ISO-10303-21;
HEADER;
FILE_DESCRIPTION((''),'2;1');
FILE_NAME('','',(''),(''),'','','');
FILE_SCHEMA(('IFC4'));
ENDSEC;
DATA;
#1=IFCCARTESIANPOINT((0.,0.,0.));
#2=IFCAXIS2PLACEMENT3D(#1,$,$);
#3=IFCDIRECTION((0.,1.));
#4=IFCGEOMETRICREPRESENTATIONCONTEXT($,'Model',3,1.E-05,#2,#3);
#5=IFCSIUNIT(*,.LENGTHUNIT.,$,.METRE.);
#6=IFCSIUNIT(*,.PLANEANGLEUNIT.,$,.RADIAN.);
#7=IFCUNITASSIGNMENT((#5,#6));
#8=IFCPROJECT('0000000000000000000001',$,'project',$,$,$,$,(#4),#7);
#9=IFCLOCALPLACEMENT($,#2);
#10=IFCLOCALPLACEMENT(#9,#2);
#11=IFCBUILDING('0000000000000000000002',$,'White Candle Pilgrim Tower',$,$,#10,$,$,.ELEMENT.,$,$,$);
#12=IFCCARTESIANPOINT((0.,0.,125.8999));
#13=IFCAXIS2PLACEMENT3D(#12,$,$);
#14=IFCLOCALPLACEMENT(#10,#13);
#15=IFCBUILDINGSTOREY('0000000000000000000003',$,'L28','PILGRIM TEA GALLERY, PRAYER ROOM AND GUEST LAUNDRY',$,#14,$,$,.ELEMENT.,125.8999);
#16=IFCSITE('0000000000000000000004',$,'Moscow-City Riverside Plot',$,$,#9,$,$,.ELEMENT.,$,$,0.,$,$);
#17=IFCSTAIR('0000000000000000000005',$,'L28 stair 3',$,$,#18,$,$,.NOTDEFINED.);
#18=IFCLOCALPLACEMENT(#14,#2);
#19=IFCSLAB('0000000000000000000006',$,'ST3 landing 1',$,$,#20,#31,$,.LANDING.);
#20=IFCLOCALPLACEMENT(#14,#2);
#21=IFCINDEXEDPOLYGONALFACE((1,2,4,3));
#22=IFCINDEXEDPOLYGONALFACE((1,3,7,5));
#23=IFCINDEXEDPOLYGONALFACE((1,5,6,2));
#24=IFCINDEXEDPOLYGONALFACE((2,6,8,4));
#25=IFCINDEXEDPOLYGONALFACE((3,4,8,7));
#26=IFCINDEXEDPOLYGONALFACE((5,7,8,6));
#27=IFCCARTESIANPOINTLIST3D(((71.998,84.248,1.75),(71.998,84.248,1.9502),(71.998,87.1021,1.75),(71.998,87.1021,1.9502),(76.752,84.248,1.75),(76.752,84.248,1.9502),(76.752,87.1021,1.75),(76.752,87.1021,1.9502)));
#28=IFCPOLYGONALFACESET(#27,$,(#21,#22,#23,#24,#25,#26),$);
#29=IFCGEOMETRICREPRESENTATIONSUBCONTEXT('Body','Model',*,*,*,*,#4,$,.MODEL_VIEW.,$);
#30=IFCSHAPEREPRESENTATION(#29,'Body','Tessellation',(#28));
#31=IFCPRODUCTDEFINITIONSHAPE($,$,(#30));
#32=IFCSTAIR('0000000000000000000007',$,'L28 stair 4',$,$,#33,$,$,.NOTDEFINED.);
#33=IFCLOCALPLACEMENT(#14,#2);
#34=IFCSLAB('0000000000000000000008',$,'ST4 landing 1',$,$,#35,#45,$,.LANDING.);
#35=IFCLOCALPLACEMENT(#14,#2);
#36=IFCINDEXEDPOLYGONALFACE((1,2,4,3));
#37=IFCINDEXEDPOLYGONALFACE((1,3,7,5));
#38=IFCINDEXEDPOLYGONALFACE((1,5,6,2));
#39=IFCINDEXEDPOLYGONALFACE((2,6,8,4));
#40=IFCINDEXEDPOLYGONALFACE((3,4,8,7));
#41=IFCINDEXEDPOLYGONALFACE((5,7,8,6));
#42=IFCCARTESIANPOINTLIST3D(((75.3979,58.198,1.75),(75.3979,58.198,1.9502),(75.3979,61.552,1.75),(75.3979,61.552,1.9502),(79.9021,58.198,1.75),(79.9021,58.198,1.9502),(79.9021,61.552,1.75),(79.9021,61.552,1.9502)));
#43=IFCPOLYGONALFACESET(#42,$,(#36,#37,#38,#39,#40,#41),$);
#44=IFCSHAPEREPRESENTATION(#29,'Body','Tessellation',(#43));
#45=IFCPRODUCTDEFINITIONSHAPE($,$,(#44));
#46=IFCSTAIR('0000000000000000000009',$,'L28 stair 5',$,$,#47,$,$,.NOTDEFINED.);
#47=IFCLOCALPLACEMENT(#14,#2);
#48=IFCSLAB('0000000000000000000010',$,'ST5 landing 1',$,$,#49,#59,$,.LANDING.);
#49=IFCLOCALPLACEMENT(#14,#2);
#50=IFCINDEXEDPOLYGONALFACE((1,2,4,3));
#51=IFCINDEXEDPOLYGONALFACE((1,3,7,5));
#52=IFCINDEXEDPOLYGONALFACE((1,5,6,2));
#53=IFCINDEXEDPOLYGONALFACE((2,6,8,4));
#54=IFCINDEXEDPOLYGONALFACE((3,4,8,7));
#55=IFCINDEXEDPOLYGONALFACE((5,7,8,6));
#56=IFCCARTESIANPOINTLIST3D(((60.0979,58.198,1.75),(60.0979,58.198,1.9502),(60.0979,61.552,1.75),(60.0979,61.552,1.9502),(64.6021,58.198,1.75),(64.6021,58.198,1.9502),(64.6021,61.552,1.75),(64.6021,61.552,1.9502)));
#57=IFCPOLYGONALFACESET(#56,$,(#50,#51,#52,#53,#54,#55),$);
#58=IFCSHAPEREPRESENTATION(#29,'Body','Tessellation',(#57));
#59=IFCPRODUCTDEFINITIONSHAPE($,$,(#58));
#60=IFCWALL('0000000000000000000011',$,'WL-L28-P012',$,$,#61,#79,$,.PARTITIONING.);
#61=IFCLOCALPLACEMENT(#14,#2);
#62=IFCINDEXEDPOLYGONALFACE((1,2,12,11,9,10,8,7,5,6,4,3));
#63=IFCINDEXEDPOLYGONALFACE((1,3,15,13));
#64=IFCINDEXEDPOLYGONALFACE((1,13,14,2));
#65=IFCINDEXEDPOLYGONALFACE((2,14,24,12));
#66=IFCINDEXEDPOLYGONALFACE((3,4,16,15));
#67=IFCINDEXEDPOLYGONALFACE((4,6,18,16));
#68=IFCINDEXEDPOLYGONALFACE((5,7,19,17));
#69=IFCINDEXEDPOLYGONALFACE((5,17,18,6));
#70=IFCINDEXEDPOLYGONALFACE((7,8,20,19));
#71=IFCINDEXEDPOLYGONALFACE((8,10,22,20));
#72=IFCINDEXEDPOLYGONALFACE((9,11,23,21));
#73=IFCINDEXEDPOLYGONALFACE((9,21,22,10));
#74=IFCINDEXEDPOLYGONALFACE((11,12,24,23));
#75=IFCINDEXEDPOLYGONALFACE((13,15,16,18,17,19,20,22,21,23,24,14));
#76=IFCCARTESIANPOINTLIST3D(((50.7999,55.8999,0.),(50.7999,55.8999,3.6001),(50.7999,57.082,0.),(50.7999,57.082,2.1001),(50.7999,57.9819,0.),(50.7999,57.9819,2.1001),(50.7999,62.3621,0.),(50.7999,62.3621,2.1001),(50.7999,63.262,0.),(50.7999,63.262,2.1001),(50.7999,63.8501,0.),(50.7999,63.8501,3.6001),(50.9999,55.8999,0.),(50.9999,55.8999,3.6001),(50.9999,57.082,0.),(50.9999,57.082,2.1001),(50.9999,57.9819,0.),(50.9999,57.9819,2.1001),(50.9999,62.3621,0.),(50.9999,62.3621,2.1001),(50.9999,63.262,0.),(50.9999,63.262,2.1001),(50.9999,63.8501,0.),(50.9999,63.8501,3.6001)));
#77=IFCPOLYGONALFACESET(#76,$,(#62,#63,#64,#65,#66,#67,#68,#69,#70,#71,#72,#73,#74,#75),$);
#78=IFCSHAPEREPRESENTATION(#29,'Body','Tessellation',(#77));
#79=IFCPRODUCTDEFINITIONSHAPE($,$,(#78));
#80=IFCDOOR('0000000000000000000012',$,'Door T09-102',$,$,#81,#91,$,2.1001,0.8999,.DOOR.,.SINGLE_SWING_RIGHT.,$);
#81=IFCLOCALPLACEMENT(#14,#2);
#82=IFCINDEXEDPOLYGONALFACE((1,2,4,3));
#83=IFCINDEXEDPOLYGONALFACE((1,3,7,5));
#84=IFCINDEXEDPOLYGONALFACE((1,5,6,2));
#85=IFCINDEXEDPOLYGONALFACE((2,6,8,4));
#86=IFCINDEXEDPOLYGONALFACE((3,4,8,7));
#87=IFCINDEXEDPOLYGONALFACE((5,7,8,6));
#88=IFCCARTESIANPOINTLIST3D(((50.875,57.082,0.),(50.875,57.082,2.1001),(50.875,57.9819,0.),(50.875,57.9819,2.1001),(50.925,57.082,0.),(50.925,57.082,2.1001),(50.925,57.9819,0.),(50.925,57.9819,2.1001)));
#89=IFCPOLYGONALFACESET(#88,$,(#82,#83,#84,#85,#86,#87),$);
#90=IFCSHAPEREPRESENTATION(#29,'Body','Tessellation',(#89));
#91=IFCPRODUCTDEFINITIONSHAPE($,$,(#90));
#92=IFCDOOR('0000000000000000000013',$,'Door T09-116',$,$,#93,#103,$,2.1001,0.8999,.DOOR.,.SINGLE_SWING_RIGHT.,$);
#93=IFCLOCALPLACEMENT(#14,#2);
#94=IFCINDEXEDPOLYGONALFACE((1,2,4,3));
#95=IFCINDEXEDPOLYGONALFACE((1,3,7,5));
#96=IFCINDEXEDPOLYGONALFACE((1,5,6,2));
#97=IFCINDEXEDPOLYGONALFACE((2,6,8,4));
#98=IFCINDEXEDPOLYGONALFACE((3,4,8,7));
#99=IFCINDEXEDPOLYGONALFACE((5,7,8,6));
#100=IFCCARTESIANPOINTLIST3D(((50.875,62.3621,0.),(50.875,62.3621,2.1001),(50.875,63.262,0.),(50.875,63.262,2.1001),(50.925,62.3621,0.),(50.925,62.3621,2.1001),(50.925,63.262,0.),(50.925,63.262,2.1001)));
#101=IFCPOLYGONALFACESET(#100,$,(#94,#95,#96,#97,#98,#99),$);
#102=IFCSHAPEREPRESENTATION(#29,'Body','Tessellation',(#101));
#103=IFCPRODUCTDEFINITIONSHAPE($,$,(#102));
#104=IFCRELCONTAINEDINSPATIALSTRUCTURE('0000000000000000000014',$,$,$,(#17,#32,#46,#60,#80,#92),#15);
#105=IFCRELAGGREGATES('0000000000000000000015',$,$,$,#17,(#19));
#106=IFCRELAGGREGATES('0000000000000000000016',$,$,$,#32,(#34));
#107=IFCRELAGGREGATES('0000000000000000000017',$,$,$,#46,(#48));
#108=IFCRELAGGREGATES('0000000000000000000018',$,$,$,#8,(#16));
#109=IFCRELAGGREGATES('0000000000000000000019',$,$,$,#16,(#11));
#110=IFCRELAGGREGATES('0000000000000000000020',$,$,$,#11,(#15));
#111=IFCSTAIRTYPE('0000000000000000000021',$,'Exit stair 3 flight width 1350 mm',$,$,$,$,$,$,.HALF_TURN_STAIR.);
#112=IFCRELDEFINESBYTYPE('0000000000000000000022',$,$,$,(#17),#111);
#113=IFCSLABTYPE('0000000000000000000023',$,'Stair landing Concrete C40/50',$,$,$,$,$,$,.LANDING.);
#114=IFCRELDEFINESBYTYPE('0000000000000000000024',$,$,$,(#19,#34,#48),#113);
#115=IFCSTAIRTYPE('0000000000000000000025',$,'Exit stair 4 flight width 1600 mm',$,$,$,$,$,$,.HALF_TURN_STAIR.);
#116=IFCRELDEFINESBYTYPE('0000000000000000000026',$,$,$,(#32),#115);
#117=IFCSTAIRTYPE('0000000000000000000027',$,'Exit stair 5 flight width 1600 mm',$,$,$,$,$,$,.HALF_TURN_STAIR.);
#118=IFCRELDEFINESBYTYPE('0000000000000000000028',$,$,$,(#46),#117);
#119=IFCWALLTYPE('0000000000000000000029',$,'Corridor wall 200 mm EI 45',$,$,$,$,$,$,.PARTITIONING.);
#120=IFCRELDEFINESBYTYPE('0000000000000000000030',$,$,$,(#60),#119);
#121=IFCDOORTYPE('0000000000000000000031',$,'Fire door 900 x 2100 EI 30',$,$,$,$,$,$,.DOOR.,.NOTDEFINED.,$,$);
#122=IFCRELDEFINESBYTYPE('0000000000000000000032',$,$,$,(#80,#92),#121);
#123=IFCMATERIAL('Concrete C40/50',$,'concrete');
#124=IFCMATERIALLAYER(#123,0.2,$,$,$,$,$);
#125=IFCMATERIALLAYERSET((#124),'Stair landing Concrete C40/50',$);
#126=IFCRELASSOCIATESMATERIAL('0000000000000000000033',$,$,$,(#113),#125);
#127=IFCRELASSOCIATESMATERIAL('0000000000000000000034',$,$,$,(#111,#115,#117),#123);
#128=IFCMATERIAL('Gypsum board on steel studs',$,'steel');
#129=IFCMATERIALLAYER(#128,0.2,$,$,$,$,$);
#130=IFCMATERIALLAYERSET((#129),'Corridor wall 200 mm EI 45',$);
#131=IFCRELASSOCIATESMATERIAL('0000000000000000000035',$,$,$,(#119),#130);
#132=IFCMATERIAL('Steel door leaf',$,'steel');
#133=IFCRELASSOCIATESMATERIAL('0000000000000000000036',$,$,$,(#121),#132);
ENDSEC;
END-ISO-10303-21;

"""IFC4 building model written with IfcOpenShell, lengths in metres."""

from ifc_helpers import new_model, si_unit, direction, frame, frame_2d, origin, place, context, subcontext, project, spatial, polyline, rectangle, outline, extrude, material, layer, layer_set, type_object, element, fill, aggregate, save


model = new_model("IFC4")

# Units and contexts
model_context = context("Model", 3, precision=1e-05, world=origin(), true_north=direction((0.0, 1.0)))
body_context = subcontext(model_context, "Body", "Model", "MODEL_VIEW")
ifc_project = project(units=[si_unit("LENGTHUNIT", "METRE"), si_unit("PLANEANGLEUNIT", "RADIAN")], contexts=[model_context])

# Site, building, storey
site_placement = place(None, origin())
site = spatial("IfcSite", under=ifc_project, at=site_placement, Name="Moscow-City Riverside Plot", CompositionType="ELEMENT", RefElevation=0.0)
building_placement = place(site_placement, origin())
building = spatial("IfcBuilding", under=site, at=building_placement, Name="White Candle Pilgrim Tower", CompositionType="ELEMENT")
storey_placement = place(building_placement, frame((0.0, 0.0, 125.8999)))
storey = spatial("IfcBuildingStorey", under=building, at=storey_placement, Name="L28", Description="PILGRIM TEA GALLERY, PRAYER ROOM AND GUEST LAUNDRY", CompositionType="ELEMENT", Elevation=125.8999)

# Shared definitions
ifc_material_1 = material(Name="Concrete C40/50", Category="concrete")

# Stairs, slabs
ifc_layer_1 = layer(ifc_material_1, 0.2)
ifc_layer_set_1 = layer_set([ifc_layer_1], Name="Stair landing Concrete C40/50")
slab_type_1 = type_object("IfcSlabType", Name="Stair landing Concrete C40/50", PredefinedType="LANDING", material=ifc_layer_set_1)
stair_type_1 = type_object("IfcStairType", Name="Exit stair 3 flight width 1350 mm", PredefinedType="HALF_TURN_STAIR", material=ifc_material_1)
stair_1_placement = place(storey_placement, origin())
stair_1 = element("IfcStair", 1, at=stair_1_placement, inside=storey, type_object=stair_type_1, Name="L28 stair 3", PredefinedType="NOTDEFINED")
slab_1_placement = place(storey_placement, frame((0.0, 0.0, 1.75)))
slab_1 = element("IfcSlab", 2, at=slab_1_placement, type_object=slab_type_1, Name="ST3 landing 1", PredefinedType="LANDING", context=body_context, shape_type="SweptSolid", body=[
    extrude(outline(polyline([(71.998, 84.248), (71.998, 87.1021), (76.752, 87.1021), (76.752, 84.248), (71.998, 84.248)])), origin(), (0.0, 0.0, 1.0), 0.2002),
])
aggregate(stair_1, [slab_1])
stair_type_2 = type_object("IfcStairType", Name="Exit stair 4 flight width 1600 mm", PredefinedType="HALF_TURN_STAIR", material=ifc_material_1)
stair_2_placement = place(storey_placement, origin())
stair_2 = element("IfcStair", 3, at=stair_2_placement, inside=storey, type_object=stair_type_2, Name="L28 stair 4", PredefinedType="NOTDEFINED")
slab_2_placement = place(storey_placement, frame((0.0, 0.0, 1.75)))
slab_2 = element("IfcSlab", 4, at=slab_2_placement, type_object=slab_type_1, Name="ST4 landing 1", PredefinedType="LANDING", context=body_context, shape_type="SweptSolid", body=[
    extrude(outline(polyline([(79.9021, 61.552), (79.9021, 58.198), (75.3979, 58.198), (75.3979, 61.552), (79.9021, 61.552)])), origin(), (0.0, 0.0, 1.0), 0.2002),
])
aggregate(stair_2, [slab_2])
stair_type_3 = type_object("IfcStairType", Name="Exit stair 5 flight width 1600 mm", PredefinedType="HALF_TURN_STAIR", material=ifc_material_1)
stair_3_placement = place(storey_placement, origin())
stair_3 = element("IfcStair", 5, at=stair_3_placement, inside=storey, type_object=stair_type_3, Name="L28 stair 5", PredefinedType="NOTDEFINED")
slab_3_placement = place(storey_placement, frame((0.0, 0.0, 1.75)))
slab_3 = element("IfcSlab", 6, at=slab_3_placement, type_object=slab_type_1, Name="ST5 landing 1", PredefinedType="LANDING", context=body_context, shape_type="SweptSolid", body=[
    extrude(outline(polyline([(60.0979, 58.198), (60.0979, 61.552), (64.6021, 61.552), (64.6021, 58.198), (60.0979, 58.198)])), origin(), (0.0, 0.0, 1.0), 0.2002),
])
aggregate(stair_3, [slab_3])

# Wall, openings, doors
ifc_material_2 = material(Name="Gypsum board on steel studs", Category="steel")
ifc_layer_2 = layer(ifc_material_2, 0.2)
ifc_layer_set_2 = layer_set([ifc_layer_2], Name="Corridor wall 200 mm EI 45")
wall_type_1 = type_object("IfcWallType", Name="Corridor wall 200 mm EI 45", PredefinedType="PARTITIONING", material=ifc_layer_set_2)
wall_1_placement = place(storey_placement, frame((50.8999, 55.8999, 0.0), z_axis=(0.0, 0.0, 1.0), x_axis=(0.0, 1.0, 0.0)))
wall_1 = element("IfcWall", 7, at=wall_1_placement, inside=storey, type_object=wall_type_1, Name="WL-L28-P012", PredefinedType="PARTITIONING", context=body_context, shape_type="SweptSolid", body=[
    extrude(rectangle(XDim=7.9502, YDim=0.2, at=frame_2d((3.9751, 0.0))), origin(), (0.0, 0.0, 1.0), 3.6001),
])
opening_1_placement = place(wall_1_placement, frame((1.1821, 0.0, 0.0)))
opening_1 = element("IfcOpeningElement", 8, at=opening_1_placement, cuts=wall_1, PredefinedType="OPENING", context=body_context, shape_type="SweptSolid", body=[
    extrude(rectangle(XDim=0.8999, YDim=2.1001, at=frame_2d((0.45, 1.05))), frame((0.0, 0.1099, 0.0), z_axis=(0.0, -1.0, 0.0), x_axis=(1.0, 0.0, 0.0)), (0.0, 0.0, 1.0), 0.22),
])
opening_2_placement = place(wall_1_placement, frame((6.4622, 0.0, 0.0)))
opening_2 = element("IfcOpeningElement", 9, at=opening_2_placement, cuts=wall_1, PredefinedType="OPENING", context=body_context, shape_type="SweptSolid", body=[
    extrude(rectangle(XDim=0.8999, YDim=2.1001, at=frame_2d((0.45, 1.05))), frame((0.0, 0.1099, 0.0), z_axis=(0.0, -1.0, 0.0), x_axis=(1.0, 0.0, 0.0)), (0.0, 0.0, 1.0), 0.22),
])
ifc_material_3 = material(Name="Steel door leaf", Category="steel")
door_type = type_object("IfcDoorType", Name="Fire door 900 x 2100 EI 30", OperationType="NOTDEFINED", PredefinedType="DOOR", material=ifc_material_3)
door_1_placement = place(opening_1_placement, origin())
door_1 = element("IfcDoor", 10, at=door_1_placement, inside=storey, type_object=door_type, Name="Door T09-102", OperationType="SINGLE_SWING_RIGHT", OverallHeight=2.1001, OverallWidth=0.8999, PredefinedType="DOOR", context=body_context, shape_type="SweptSolid", body=[
    extrude(rectangle(XDim=0.8999, YDim=2.1001, at=frame_2d((0.45, 1.05))), frame((0.0, 0.0249, 0.0), z_axis=(0.0, -1.0, 0.0), x_axis=(1.0, 0.0, 0.0)), (0.0, 0.0, 1.0), 0.05),
])
fill(opening_1, door_1)
door_2_placement = place(opening_2_placement, origin())
door_2 = element("IfcDoor", 11, at=door_2_placement, inside=storey, type_object=door_type, Name="Door T09-116", OperationType="SINGLE_SWING_RIGHT", OverallHeight=2.1001, OverallWidth=0.8999, PredefinedType="DOOR", context=body_context, shape_type="SweptSolid", body=[
    extrude(rectangle(XDim=0.8999, YDim=2.1001, at=frame_2d((0.45, 1.05))), frame((0.0, 0.0249, 0.0), z_axis=(0.0, -1.0, 0.0), x_axis=(1.0, 0.0, 0.0)), (0.0, 0.0, 1.0), 0.05),
])
fill(opening_2, door_2)

save(model, "model.ifc")
